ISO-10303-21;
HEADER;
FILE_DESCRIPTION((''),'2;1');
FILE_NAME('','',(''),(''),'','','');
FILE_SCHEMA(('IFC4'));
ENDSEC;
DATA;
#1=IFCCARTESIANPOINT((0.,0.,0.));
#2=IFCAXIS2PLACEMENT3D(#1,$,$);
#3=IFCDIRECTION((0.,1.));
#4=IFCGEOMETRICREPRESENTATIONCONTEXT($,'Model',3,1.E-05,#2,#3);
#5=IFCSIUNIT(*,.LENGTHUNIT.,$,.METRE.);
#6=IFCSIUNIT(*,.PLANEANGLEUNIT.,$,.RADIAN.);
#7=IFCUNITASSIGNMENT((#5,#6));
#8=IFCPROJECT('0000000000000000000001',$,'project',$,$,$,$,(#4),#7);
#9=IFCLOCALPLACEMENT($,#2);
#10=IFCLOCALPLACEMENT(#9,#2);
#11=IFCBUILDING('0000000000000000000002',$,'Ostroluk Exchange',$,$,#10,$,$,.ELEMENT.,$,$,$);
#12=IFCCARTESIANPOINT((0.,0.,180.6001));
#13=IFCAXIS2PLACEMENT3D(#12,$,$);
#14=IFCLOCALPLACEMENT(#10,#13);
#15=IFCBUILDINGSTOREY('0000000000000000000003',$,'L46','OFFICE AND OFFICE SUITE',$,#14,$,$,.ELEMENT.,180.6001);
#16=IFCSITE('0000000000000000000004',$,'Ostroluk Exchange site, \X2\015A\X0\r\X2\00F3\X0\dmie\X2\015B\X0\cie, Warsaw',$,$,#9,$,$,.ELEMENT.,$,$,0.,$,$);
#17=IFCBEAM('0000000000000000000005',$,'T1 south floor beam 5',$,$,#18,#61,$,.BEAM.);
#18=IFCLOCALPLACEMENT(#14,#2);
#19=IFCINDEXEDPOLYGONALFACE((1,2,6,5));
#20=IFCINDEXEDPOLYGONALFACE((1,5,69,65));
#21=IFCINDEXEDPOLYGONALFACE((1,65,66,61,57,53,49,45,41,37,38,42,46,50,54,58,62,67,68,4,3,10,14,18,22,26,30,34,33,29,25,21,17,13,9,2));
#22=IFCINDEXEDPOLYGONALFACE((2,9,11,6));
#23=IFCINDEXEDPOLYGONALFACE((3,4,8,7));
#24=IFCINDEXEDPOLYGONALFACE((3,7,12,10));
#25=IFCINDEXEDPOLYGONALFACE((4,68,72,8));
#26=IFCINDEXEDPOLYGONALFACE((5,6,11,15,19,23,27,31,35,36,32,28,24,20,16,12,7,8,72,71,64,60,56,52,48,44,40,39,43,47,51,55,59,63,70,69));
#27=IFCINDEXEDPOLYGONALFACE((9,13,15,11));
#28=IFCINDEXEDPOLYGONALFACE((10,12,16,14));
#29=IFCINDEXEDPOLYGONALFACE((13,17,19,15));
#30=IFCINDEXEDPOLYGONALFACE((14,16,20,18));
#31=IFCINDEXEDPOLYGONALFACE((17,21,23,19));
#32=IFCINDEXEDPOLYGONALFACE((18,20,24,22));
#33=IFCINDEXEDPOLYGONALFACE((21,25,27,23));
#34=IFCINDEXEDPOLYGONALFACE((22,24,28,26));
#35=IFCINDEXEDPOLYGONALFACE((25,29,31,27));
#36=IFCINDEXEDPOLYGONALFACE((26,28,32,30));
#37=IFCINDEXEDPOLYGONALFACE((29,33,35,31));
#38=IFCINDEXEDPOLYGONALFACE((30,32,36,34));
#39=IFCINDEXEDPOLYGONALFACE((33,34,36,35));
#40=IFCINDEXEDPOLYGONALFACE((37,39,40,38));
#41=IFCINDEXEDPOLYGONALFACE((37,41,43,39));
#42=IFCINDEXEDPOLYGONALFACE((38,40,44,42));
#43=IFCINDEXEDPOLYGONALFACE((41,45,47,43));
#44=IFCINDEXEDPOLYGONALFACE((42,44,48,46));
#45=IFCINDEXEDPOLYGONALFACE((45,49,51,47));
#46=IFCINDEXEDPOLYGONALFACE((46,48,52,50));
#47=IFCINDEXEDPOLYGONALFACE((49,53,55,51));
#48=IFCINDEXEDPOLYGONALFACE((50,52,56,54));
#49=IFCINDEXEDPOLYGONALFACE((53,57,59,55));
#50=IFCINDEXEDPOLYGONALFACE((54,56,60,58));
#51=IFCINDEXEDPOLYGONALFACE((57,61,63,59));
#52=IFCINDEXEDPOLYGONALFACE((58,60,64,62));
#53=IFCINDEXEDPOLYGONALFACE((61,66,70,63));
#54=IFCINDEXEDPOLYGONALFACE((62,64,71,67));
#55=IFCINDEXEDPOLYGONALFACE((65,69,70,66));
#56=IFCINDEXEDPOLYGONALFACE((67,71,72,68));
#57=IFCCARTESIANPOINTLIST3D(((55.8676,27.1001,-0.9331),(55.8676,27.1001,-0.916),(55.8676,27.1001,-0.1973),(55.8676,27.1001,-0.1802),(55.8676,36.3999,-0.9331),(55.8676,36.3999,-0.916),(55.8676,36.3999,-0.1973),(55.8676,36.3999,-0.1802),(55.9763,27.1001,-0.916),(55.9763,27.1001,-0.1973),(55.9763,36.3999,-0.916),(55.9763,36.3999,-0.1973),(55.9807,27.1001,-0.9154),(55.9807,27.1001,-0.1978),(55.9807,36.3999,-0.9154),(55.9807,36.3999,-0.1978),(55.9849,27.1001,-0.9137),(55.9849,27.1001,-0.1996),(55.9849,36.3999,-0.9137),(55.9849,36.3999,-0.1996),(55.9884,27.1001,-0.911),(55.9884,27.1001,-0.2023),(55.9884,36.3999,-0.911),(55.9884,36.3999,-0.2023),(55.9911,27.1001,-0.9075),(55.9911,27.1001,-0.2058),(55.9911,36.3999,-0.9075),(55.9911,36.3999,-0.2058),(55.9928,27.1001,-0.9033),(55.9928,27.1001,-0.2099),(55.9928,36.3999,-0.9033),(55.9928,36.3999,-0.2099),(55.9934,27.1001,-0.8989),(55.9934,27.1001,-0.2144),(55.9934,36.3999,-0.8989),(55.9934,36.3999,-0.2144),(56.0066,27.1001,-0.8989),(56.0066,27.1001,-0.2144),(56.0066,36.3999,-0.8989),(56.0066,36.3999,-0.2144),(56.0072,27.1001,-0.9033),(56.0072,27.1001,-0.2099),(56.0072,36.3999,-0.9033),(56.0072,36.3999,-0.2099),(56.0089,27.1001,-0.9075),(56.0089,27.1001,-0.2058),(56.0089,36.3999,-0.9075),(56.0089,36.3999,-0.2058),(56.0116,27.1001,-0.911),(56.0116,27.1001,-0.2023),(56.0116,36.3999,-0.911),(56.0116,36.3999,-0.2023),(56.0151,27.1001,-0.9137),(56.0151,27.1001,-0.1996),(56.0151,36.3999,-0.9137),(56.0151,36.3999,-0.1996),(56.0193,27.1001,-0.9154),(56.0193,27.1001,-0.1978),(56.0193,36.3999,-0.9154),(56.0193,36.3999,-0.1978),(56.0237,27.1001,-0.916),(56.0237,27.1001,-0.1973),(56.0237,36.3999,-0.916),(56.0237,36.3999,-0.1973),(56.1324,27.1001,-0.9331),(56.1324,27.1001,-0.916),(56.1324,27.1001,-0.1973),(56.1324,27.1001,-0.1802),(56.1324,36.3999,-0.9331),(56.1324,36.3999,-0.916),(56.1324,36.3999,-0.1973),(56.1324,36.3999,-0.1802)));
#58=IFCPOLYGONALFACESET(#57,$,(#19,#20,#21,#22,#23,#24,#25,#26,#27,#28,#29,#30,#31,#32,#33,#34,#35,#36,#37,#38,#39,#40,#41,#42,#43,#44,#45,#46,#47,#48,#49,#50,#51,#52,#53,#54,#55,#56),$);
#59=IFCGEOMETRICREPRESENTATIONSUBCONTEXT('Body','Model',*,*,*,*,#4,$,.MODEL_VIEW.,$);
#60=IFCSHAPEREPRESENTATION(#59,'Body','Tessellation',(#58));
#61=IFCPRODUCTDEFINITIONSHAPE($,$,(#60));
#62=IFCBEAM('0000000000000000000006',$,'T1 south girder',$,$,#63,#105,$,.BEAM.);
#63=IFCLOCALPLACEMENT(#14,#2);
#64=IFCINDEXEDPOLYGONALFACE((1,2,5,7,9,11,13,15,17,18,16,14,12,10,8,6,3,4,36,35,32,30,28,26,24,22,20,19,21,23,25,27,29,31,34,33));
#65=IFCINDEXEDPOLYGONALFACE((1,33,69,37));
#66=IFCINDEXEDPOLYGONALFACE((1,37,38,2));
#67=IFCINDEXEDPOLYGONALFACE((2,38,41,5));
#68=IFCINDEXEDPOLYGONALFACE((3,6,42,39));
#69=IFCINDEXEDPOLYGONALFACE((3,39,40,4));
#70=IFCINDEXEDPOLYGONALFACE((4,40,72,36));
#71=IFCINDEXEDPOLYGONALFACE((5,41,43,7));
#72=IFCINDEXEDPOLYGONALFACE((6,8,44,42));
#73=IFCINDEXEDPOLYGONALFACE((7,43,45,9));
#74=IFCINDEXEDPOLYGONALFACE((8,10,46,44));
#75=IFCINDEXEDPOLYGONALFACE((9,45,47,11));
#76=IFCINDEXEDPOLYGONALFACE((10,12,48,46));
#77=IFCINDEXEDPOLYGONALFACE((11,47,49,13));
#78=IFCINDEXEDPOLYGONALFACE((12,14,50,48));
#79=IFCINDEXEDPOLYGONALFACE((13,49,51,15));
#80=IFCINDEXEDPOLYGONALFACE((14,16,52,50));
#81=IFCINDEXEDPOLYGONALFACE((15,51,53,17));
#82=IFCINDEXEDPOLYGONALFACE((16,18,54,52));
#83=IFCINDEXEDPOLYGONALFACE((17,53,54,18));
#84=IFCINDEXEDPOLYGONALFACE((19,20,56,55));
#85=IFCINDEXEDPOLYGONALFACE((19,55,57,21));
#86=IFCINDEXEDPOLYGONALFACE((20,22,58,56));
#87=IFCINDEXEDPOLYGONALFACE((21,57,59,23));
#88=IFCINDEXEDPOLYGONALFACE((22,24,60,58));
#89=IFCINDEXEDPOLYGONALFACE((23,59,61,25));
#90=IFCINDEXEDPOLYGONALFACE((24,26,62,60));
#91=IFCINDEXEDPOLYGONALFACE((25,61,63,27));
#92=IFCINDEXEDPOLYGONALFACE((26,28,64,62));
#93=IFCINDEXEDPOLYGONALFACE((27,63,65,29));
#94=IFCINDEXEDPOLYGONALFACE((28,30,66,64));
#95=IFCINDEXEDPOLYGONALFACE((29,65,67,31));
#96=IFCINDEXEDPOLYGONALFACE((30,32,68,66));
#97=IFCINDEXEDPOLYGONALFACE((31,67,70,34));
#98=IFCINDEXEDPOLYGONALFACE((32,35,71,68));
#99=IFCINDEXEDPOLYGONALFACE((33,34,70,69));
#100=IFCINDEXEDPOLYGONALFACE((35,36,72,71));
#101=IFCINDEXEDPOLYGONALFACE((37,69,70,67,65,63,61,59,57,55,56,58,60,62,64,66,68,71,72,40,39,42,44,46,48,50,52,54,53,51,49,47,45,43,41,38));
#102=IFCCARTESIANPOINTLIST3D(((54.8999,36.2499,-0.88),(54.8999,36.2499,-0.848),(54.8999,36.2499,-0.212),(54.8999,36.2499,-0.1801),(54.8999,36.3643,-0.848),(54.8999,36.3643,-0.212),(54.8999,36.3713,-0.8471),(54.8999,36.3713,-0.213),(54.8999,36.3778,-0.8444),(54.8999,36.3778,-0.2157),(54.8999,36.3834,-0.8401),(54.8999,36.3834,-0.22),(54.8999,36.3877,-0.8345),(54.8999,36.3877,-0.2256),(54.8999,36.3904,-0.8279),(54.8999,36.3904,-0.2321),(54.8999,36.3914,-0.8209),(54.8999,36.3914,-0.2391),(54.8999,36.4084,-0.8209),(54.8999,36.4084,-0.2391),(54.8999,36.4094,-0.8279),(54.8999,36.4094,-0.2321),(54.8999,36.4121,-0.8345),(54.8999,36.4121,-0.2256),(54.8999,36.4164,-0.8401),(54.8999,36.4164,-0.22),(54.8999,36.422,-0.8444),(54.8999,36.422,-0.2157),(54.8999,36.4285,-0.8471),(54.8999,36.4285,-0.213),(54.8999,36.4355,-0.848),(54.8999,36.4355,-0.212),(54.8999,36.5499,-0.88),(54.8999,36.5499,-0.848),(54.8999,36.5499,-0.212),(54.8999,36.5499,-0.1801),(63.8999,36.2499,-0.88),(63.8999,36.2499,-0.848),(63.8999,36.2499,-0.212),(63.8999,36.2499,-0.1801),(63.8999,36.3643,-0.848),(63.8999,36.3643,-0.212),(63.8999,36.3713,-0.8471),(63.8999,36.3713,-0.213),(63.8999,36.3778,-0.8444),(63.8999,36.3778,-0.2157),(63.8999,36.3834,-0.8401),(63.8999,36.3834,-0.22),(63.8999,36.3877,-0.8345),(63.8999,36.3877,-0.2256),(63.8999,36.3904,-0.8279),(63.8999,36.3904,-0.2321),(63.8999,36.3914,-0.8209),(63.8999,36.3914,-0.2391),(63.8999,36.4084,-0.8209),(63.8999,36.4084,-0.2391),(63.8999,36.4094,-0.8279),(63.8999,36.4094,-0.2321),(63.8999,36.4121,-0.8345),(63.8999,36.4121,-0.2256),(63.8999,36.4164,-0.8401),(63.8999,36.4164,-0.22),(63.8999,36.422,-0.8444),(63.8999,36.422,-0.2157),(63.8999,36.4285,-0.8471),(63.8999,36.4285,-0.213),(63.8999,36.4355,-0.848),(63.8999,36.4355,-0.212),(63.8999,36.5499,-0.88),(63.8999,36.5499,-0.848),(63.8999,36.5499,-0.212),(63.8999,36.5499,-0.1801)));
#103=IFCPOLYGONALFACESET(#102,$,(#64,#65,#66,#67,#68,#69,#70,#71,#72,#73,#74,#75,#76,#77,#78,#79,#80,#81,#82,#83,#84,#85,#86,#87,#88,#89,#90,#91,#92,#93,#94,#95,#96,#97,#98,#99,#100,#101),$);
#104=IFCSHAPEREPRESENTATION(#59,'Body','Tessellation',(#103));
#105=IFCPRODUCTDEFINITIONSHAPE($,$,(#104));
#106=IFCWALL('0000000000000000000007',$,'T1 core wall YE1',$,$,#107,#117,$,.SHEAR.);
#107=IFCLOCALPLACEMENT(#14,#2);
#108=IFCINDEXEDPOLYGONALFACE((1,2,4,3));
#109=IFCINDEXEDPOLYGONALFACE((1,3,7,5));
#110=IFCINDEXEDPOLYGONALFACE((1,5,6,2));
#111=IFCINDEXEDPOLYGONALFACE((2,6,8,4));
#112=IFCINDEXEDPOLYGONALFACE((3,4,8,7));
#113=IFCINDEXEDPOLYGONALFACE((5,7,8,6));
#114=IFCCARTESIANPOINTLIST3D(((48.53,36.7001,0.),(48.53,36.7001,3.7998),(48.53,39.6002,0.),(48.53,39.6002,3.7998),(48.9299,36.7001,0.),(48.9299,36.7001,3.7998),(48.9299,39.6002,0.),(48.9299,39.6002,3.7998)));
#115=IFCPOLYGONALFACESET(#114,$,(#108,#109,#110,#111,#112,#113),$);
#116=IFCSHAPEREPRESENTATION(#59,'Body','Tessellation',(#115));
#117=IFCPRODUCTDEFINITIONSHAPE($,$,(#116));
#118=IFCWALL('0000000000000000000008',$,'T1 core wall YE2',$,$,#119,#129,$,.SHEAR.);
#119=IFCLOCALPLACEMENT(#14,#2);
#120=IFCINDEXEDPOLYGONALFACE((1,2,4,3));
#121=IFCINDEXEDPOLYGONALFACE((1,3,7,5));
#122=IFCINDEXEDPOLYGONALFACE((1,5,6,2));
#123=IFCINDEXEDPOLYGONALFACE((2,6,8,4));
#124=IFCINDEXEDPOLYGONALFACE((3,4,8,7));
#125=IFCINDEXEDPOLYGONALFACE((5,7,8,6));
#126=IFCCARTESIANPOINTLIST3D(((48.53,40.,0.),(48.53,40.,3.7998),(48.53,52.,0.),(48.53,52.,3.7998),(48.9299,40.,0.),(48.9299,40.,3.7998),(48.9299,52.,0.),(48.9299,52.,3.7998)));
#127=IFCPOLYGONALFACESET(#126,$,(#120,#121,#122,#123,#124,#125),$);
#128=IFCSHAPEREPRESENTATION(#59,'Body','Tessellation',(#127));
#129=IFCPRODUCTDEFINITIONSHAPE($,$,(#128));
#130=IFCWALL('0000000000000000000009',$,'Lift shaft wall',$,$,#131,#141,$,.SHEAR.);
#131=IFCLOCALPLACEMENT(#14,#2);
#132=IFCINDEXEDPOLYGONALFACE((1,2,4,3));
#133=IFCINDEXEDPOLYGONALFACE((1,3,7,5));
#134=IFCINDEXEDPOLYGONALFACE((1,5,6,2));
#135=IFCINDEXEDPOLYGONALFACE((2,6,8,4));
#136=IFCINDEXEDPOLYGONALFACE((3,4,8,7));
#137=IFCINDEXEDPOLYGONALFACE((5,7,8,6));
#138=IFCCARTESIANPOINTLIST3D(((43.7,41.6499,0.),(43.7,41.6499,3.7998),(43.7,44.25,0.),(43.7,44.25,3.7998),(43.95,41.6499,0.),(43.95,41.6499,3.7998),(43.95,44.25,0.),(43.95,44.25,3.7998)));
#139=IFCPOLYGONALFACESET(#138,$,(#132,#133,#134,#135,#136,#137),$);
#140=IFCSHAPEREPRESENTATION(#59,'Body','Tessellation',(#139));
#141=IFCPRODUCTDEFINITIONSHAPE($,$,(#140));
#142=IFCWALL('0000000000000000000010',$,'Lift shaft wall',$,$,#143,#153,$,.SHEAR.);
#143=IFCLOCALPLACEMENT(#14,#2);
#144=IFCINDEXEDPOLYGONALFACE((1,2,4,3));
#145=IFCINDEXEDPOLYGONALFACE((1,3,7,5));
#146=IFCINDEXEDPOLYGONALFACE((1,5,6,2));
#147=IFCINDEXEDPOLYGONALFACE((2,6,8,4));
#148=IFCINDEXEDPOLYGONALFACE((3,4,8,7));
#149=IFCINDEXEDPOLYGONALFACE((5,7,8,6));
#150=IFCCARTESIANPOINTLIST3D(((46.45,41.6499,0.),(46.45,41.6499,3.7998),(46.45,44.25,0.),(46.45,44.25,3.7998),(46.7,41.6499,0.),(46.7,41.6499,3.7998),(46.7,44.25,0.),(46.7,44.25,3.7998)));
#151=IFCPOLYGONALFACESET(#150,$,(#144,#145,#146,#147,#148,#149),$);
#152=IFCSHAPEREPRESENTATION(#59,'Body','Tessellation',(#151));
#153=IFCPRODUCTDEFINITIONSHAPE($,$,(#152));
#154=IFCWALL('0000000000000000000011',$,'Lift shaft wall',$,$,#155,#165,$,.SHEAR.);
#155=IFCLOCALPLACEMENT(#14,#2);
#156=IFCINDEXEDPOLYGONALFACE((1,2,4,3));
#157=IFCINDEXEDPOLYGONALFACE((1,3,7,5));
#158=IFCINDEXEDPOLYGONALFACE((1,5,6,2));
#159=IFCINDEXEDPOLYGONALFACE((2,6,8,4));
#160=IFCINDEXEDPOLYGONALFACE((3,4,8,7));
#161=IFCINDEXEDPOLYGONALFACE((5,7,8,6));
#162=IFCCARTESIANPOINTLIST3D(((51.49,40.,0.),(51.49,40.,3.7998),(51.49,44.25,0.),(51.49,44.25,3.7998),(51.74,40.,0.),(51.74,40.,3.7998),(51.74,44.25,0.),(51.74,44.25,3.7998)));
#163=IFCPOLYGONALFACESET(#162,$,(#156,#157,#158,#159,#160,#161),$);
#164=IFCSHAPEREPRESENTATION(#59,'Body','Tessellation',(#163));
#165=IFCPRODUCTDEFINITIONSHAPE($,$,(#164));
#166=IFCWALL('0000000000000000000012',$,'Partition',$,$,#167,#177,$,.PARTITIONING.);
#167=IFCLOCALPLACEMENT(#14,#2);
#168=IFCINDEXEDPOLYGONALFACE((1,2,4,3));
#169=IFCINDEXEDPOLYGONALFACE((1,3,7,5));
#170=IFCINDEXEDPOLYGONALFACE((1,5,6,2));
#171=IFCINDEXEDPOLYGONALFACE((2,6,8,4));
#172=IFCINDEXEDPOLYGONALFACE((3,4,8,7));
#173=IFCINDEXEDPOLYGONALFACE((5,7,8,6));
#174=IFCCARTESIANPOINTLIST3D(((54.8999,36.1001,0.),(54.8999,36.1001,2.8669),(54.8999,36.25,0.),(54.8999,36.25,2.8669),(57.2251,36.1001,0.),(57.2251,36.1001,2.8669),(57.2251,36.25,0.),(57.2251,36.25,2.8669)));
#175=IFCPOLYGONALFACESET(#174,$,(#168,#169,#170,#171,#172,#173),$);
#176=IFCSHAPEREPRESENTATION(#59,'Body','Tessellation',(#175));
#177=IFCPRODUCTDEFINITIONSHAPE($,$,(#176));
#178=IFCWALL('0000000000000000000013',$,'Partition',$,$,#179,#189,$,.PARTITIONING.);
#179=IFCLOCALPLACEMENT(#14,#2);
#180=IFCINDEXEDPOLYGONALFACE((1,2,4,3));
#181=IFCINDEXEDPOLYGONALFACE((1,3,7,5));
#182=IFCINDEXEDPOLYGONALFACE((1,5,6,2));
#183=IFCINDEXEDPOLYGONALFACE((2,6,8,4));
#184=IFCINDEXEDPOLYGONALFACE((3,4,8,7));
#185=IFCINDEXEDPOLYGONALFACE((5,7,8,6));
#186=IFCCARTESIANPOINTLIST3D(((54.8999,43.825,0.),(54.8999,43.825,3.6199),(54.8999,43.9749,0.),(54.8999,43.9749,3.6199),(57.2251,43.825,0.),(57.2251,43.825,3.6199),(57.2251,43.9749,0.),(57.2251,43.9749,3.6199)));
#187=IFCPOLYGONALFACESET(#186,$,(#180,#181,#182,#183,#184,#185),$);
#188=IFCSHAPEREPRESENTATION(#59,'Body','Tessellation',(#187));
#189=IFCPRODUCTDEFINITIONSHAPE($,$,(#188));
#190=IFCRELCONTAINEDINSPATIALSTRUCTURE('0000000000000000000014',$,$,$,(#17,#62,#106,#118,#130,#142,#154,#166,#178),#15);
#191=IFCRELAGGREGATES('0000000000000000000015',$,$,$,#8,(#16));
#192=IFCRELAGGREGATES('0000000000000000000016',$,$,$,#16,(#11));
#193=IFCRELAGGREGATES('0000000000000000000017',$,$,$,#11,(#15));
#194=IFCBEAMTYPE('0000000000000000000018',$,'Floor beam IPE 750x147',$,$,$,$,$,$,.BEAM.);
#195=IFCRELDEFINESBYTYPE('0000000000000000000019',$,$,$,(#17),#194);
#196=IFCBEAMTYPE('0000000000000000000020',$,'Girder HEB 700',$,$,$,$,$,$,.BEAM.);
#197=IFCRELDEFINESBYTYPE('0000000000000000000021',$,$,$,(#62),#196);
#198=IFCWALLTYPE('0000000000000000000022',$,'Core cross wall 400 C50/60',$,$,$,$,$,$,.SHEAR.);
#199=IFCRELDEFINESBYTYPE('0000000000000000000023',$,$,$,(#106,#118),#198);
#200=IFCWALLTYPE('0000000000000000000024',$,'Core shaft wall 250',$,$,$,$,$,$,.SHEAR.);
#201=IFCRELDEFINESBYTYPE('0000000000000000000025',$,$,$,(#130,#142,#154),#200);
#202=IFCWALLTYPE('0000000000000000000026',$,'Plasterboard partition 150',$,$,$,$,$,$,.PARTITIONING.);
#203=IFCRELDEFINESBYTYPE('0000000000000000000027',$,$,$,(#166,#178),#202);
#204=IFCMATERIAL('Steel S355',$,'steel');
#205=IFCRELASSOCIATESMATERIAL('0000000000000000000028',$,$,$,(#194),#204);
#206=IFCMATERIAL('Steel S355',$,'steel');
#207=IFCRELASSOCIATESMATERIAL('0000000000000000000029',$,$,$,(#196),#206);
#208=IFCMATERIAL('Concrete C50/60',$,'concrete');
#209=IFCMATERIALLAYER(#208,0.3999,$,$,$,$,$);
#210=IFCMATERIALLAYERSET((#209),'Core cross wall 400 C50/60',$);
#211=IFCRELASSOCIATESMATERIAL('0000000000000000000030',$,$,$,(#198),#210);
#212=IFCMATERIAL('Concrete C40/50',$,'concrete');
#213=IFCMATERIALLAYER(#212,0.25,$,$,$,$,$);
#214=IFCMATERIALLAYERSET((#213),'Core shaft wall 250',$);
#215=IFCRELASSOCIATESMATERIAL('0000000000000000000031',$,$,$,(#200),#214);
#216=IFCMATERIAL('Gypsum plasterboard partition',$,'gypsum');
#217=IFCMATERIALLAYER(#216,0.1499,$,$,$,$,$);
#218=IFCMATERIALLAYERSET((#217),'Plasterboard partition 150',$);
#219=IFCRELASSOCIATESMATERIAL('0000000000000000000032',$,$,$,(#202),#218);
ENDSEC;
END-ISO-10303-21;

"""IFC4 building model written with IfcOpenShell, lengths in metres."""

from ifc_helpers import new_model, si_unit, direction, frame, frame_2d, origin, origin_2d, place, context, subcontext, project, spatial, rectangle, i_section, extrude, material, layer, layer_set, material_profile, profile_set, type_object, element, save


model = new_model("IFC4")

# Units and contexts
model_context = context("Model", 3, precision=1e-05, world=origin(), true_north=direction((0.0, 1.0)))
body_context = subcontext(model_context, "Body", "Model", "MODEL_VIEW")
ifc_project = project(units=[si_unit("LENGTHUNIT", "METRE"), si_unit("PLANEANGLEUNIT", "RADIAN")], contexts=[model_context])

# Site, building, storey
site_placement = place(None, origin())
site = spatial("IfcSite", under=ifc_project, at=site_placement, Name="Ostroluk Exchange site, Śródmieście, Warsaw", CompositionType="ELEMENT", RefElevation=0.0)
building_placement = place(site_placement, origin())
building = spatial("IfcBuilding", under=site, at=building_placement, Name="Ostroluk Exchange", CompositionType="ELEMENT")
storey_placement = place(building_placement, frame((0.0, 0.0, 180.6001)))
storey = spatial("IfcBuildingStorey", under=building, at=storey_placement, Name="L46", Description="OFFICE AND OFFICE SUITE", CompositionType="ELEMENT", Elevation=180.6001)

# Beams
ifc_material_1 = material(Name="Steel S355", Category="steel")
ifc_material_profile_1 = material_profile(ifc_material_1, i_section(OverallWidth=0.2649, OverallDepth=0.7529, WebThickness=0.0132, FlangeThickness=0.0171, FilletRadius=0.0171, at=origin_2d()), Name="IPE 750x147")
ifc_profile_set_1 = profile_set([ifc_material_profile_1], Name="Steel S355")
beam_type_1 = type_object("IfcBeamType", Name="Floor beam IPE 750x147", PredefinedType="BEAM", material=ifc_profile_set_1)
beam_1_placement = place(storey_placement, frame((56.0, 36.3999, -0.5566), z_axis=(0.0, -1.0, 0.0), x_axis=(1.0, 0.0, 0.0)))
element("IfcBeam", 1, at=beam_1_placement, inside=storey, type_object=beam_type_1, Name="T1 south floor beam 5", PredefinedType="BEAM", context=body_context, shape_type="SweptSolid", body=[
    extrude(i_section(OverallWidth=0.2649, OverallDepth=0.7529, WebThickness=0.0132, FlangeThickness=0.0171, FilletRadius=0.0171, at=origin_2d()), origin(), (0.0, 0.0, 1.0), 9.2998),
])
ifc_material_2 = material(Name="Steel S355", Category="steel")
ifc_material_profile_2 = material_profile(ifc_material_2, i_section(OverallWidth=0.3, OverallDepth=0.7, WebThickness=0.0171, FlangeThickness=0.032, FilletRadius=0.0271, at=origin_2d()), Name="HEB 700")
ifc_profile_set_2 = profile_set([ifc_material_profile_2], Name="Steel S355")
beam_type_2 = type_object("IfcBeamType", Name="Girder HEB 700", PredefinedType="BEAM", material=ifc_profile_set_2)
beam_2_placement = place(storey_placement, frame((54.8999, 36.3999, -0.53), z_axis=(1.0, 0.0, 0.0), x_axis=(0.0, 1.0, 0.0)))
element("IfcBeam", 2, at=beam_2_placement, inside=storey, type_object=beam_type_2, Name="T1 south girder", PredefinedType="BEAM", context=body_context, shape_type="SweptSolid", body=[
    extrude(i_section(OverallWidth=0.3, OverallDepth=0.7, WebThickness=0.0171, FlangeThickness=0.032, FilletRadius=0.0271, at=origin_2d()), origin(), (0.0, 0.0, 1.0), 9.0),
])

# Walls
ifc_material_3 = material(Name="Concrete C50/60", Category="concrete")
ifc_layer_1 = layer(ifc_material_3, 0.3999)
ifc_layer_set_1 = layer_set([ifc_layer_1], Name="Core cross wall 400 C50/60")
wall_type_1 = type_object("IfcWallType", Name="Core cross wall 400 C50/60", PredefinedType="SHEAR", material=ifc_layer_set_1)
wall_1_placement = place(storey_placement, frame((48.73, 36.7, 0.0), z_axis=(0.0, 0.0, 1.0), x_axis=(0.0, 1.0, 0.0)))
element("IfcWall", 3, at=wall_1_placement, inside=storey, type_object=wall_type_1, Name="T1 core wall YE1", PredefinedType="SHEAR", context=body_context, shape_type="SweptSolid", body=[
    extrude(rectangle(XDim=2.9001, YDim=0.3999, at=frame_2d((1.4502, 0.0))), origin(), (0.0, 0.0, 1.0), 3.7998),
])
wall_2_placement = place(storey_placement, frame((48.73, 40.0, 0.0), z_axis=(0.0, 0.0, 1.0), x_axis=(0.0, 1.0, 0.0)))
element("IfcWall", 4, at=wall_2_placement, inside=storey, type_object=wall_type_1, Name="T1 core wall YE2", PredefinedType="SHEAR", context=body_context, shape_type="SweptSolid", body=[
    extrude(rectangle(XDim=12.0, YDim=0.3999, at=frame_2d((6.0, 0.0))), origin(), (0.0, 0.0, 1.0), 3.7998),
])

# Shared definitions
ifc_material_4 = material(Name="Concrete C40/50", Category="concrete")
ifc_layer_2 = layer(ifc_material_4, 0.25)
ifc_layer_set_2 = layer_set([ifc_layer_2], Name="Core shaft wall 250")
wall_type_2 = type_object("IfcWallType", Name="Core shaft wall 250", PredefinedType="SHEAR", material=ifc_layer_set_2)

# Walls
for number, where, z_axis, x_axis, name in (
    (5, (43.825, 44.25, 0.0), (0.0, 0.0, 1.0), (0.0, -1.0, 0.0), "Lift shaft wall"),
    (6, (46.575, 44.25, 0.0), (0.0, 0.0, 1.0), (0.0, -1.0, 0.0), "Lift shaft wall"),
):
    element("IfcWall", number, at=place(storey_placement, frame(where, z_axis=z_axis, x_axis=x_axis)), inside=storey, type_object=wall_type_2, Name=name, PredefinedType="SHEAR", context=body_context, shape_type="SweptSolid", body=[
        extrude(rectangle(XDim=2.6001, YDim=0.25, at=frame_2d((1.3, 0.0))), origin(), (0.0, 0.0, 1.0), 3.7998),
    ])
wall_3_placement = place(storey_placement, frame((51.615, 44.25, 0.0), z_axis=(0.0, 0.0, 1.0), x_axis=(0.0, -1.0, 0.0)))
element("IfcWall", 7, at=wall_3_placement, inside=storey, type_object=wall_type_2, Name="Lift shaft wall", PredefinedType="SHEAR", context=body_context, shape_type="SweptSolid", body=[
    extrude(rectangle(XDim=4.25, YDim=0.25, at=frame_2d((2.125, 0.0))), origin(), (0.0, 0.0, 1.0), 3.7998),
])

# Walls
ifc_material_5 = material(Name="Gypsum plasterboard partition", Category="gypsum")
ifc_layer_3 = layer(ifc_material_5, 0.1499)
ifc_layer_set_3 = layer_set([ifc_layer_3], Name="Plasterboard partition 150")
wall_type_3 = type_object("IfcWallType", Name="Plasterboard partition 150", PredefinedType="PARTITIONING", material=ifc_layer_set_3)
wall_4_placement = place(storey_placement, frame((54.8999, 36.175, 0.0), z_axis=(0.0, 0.0, 1.0), x_axis=(1.0, 0.0, 0.0)))
element("IfcWall", 8, at=wall_4_placement, inside=storey, type_object=wall_type_3, Name="Partition", PredefinedType="PARTITIONING", context=body_context, shape_type="SweptSolid", body=[
    extrude(rectangle(XDim=2.3252, YDim=0.1499, at=frame_2d((1.1626, 0.0))), origin(), (0.0, 0.0, 1.0), 2.8669),
])
for number, where, z_axis, x_axis, name in (
    (9, (54.8999, 43.8999, 0.0), (0.0, 0.0, 1.0), (1.0, 0.0, 0.0), "Partition"),
):
    element("IfcWall", number, at=place(storey_placement, frame(where, z_axis=z_axis, x_axis=x_axis)), inside=storey, type_object=wall_type_3, Name=name, PredefinedType="PARTITIONING", context=body_context, shape_type="SweptSolid", body=[
        extrude(rectangle(XDim=2.3252, YDim=0.1499, at=frame_2d((1.1626, 0.0))), origin(), (0.0, 0.0, 1.0), 3.6199),
    ])

save(model, "model.ifc")
